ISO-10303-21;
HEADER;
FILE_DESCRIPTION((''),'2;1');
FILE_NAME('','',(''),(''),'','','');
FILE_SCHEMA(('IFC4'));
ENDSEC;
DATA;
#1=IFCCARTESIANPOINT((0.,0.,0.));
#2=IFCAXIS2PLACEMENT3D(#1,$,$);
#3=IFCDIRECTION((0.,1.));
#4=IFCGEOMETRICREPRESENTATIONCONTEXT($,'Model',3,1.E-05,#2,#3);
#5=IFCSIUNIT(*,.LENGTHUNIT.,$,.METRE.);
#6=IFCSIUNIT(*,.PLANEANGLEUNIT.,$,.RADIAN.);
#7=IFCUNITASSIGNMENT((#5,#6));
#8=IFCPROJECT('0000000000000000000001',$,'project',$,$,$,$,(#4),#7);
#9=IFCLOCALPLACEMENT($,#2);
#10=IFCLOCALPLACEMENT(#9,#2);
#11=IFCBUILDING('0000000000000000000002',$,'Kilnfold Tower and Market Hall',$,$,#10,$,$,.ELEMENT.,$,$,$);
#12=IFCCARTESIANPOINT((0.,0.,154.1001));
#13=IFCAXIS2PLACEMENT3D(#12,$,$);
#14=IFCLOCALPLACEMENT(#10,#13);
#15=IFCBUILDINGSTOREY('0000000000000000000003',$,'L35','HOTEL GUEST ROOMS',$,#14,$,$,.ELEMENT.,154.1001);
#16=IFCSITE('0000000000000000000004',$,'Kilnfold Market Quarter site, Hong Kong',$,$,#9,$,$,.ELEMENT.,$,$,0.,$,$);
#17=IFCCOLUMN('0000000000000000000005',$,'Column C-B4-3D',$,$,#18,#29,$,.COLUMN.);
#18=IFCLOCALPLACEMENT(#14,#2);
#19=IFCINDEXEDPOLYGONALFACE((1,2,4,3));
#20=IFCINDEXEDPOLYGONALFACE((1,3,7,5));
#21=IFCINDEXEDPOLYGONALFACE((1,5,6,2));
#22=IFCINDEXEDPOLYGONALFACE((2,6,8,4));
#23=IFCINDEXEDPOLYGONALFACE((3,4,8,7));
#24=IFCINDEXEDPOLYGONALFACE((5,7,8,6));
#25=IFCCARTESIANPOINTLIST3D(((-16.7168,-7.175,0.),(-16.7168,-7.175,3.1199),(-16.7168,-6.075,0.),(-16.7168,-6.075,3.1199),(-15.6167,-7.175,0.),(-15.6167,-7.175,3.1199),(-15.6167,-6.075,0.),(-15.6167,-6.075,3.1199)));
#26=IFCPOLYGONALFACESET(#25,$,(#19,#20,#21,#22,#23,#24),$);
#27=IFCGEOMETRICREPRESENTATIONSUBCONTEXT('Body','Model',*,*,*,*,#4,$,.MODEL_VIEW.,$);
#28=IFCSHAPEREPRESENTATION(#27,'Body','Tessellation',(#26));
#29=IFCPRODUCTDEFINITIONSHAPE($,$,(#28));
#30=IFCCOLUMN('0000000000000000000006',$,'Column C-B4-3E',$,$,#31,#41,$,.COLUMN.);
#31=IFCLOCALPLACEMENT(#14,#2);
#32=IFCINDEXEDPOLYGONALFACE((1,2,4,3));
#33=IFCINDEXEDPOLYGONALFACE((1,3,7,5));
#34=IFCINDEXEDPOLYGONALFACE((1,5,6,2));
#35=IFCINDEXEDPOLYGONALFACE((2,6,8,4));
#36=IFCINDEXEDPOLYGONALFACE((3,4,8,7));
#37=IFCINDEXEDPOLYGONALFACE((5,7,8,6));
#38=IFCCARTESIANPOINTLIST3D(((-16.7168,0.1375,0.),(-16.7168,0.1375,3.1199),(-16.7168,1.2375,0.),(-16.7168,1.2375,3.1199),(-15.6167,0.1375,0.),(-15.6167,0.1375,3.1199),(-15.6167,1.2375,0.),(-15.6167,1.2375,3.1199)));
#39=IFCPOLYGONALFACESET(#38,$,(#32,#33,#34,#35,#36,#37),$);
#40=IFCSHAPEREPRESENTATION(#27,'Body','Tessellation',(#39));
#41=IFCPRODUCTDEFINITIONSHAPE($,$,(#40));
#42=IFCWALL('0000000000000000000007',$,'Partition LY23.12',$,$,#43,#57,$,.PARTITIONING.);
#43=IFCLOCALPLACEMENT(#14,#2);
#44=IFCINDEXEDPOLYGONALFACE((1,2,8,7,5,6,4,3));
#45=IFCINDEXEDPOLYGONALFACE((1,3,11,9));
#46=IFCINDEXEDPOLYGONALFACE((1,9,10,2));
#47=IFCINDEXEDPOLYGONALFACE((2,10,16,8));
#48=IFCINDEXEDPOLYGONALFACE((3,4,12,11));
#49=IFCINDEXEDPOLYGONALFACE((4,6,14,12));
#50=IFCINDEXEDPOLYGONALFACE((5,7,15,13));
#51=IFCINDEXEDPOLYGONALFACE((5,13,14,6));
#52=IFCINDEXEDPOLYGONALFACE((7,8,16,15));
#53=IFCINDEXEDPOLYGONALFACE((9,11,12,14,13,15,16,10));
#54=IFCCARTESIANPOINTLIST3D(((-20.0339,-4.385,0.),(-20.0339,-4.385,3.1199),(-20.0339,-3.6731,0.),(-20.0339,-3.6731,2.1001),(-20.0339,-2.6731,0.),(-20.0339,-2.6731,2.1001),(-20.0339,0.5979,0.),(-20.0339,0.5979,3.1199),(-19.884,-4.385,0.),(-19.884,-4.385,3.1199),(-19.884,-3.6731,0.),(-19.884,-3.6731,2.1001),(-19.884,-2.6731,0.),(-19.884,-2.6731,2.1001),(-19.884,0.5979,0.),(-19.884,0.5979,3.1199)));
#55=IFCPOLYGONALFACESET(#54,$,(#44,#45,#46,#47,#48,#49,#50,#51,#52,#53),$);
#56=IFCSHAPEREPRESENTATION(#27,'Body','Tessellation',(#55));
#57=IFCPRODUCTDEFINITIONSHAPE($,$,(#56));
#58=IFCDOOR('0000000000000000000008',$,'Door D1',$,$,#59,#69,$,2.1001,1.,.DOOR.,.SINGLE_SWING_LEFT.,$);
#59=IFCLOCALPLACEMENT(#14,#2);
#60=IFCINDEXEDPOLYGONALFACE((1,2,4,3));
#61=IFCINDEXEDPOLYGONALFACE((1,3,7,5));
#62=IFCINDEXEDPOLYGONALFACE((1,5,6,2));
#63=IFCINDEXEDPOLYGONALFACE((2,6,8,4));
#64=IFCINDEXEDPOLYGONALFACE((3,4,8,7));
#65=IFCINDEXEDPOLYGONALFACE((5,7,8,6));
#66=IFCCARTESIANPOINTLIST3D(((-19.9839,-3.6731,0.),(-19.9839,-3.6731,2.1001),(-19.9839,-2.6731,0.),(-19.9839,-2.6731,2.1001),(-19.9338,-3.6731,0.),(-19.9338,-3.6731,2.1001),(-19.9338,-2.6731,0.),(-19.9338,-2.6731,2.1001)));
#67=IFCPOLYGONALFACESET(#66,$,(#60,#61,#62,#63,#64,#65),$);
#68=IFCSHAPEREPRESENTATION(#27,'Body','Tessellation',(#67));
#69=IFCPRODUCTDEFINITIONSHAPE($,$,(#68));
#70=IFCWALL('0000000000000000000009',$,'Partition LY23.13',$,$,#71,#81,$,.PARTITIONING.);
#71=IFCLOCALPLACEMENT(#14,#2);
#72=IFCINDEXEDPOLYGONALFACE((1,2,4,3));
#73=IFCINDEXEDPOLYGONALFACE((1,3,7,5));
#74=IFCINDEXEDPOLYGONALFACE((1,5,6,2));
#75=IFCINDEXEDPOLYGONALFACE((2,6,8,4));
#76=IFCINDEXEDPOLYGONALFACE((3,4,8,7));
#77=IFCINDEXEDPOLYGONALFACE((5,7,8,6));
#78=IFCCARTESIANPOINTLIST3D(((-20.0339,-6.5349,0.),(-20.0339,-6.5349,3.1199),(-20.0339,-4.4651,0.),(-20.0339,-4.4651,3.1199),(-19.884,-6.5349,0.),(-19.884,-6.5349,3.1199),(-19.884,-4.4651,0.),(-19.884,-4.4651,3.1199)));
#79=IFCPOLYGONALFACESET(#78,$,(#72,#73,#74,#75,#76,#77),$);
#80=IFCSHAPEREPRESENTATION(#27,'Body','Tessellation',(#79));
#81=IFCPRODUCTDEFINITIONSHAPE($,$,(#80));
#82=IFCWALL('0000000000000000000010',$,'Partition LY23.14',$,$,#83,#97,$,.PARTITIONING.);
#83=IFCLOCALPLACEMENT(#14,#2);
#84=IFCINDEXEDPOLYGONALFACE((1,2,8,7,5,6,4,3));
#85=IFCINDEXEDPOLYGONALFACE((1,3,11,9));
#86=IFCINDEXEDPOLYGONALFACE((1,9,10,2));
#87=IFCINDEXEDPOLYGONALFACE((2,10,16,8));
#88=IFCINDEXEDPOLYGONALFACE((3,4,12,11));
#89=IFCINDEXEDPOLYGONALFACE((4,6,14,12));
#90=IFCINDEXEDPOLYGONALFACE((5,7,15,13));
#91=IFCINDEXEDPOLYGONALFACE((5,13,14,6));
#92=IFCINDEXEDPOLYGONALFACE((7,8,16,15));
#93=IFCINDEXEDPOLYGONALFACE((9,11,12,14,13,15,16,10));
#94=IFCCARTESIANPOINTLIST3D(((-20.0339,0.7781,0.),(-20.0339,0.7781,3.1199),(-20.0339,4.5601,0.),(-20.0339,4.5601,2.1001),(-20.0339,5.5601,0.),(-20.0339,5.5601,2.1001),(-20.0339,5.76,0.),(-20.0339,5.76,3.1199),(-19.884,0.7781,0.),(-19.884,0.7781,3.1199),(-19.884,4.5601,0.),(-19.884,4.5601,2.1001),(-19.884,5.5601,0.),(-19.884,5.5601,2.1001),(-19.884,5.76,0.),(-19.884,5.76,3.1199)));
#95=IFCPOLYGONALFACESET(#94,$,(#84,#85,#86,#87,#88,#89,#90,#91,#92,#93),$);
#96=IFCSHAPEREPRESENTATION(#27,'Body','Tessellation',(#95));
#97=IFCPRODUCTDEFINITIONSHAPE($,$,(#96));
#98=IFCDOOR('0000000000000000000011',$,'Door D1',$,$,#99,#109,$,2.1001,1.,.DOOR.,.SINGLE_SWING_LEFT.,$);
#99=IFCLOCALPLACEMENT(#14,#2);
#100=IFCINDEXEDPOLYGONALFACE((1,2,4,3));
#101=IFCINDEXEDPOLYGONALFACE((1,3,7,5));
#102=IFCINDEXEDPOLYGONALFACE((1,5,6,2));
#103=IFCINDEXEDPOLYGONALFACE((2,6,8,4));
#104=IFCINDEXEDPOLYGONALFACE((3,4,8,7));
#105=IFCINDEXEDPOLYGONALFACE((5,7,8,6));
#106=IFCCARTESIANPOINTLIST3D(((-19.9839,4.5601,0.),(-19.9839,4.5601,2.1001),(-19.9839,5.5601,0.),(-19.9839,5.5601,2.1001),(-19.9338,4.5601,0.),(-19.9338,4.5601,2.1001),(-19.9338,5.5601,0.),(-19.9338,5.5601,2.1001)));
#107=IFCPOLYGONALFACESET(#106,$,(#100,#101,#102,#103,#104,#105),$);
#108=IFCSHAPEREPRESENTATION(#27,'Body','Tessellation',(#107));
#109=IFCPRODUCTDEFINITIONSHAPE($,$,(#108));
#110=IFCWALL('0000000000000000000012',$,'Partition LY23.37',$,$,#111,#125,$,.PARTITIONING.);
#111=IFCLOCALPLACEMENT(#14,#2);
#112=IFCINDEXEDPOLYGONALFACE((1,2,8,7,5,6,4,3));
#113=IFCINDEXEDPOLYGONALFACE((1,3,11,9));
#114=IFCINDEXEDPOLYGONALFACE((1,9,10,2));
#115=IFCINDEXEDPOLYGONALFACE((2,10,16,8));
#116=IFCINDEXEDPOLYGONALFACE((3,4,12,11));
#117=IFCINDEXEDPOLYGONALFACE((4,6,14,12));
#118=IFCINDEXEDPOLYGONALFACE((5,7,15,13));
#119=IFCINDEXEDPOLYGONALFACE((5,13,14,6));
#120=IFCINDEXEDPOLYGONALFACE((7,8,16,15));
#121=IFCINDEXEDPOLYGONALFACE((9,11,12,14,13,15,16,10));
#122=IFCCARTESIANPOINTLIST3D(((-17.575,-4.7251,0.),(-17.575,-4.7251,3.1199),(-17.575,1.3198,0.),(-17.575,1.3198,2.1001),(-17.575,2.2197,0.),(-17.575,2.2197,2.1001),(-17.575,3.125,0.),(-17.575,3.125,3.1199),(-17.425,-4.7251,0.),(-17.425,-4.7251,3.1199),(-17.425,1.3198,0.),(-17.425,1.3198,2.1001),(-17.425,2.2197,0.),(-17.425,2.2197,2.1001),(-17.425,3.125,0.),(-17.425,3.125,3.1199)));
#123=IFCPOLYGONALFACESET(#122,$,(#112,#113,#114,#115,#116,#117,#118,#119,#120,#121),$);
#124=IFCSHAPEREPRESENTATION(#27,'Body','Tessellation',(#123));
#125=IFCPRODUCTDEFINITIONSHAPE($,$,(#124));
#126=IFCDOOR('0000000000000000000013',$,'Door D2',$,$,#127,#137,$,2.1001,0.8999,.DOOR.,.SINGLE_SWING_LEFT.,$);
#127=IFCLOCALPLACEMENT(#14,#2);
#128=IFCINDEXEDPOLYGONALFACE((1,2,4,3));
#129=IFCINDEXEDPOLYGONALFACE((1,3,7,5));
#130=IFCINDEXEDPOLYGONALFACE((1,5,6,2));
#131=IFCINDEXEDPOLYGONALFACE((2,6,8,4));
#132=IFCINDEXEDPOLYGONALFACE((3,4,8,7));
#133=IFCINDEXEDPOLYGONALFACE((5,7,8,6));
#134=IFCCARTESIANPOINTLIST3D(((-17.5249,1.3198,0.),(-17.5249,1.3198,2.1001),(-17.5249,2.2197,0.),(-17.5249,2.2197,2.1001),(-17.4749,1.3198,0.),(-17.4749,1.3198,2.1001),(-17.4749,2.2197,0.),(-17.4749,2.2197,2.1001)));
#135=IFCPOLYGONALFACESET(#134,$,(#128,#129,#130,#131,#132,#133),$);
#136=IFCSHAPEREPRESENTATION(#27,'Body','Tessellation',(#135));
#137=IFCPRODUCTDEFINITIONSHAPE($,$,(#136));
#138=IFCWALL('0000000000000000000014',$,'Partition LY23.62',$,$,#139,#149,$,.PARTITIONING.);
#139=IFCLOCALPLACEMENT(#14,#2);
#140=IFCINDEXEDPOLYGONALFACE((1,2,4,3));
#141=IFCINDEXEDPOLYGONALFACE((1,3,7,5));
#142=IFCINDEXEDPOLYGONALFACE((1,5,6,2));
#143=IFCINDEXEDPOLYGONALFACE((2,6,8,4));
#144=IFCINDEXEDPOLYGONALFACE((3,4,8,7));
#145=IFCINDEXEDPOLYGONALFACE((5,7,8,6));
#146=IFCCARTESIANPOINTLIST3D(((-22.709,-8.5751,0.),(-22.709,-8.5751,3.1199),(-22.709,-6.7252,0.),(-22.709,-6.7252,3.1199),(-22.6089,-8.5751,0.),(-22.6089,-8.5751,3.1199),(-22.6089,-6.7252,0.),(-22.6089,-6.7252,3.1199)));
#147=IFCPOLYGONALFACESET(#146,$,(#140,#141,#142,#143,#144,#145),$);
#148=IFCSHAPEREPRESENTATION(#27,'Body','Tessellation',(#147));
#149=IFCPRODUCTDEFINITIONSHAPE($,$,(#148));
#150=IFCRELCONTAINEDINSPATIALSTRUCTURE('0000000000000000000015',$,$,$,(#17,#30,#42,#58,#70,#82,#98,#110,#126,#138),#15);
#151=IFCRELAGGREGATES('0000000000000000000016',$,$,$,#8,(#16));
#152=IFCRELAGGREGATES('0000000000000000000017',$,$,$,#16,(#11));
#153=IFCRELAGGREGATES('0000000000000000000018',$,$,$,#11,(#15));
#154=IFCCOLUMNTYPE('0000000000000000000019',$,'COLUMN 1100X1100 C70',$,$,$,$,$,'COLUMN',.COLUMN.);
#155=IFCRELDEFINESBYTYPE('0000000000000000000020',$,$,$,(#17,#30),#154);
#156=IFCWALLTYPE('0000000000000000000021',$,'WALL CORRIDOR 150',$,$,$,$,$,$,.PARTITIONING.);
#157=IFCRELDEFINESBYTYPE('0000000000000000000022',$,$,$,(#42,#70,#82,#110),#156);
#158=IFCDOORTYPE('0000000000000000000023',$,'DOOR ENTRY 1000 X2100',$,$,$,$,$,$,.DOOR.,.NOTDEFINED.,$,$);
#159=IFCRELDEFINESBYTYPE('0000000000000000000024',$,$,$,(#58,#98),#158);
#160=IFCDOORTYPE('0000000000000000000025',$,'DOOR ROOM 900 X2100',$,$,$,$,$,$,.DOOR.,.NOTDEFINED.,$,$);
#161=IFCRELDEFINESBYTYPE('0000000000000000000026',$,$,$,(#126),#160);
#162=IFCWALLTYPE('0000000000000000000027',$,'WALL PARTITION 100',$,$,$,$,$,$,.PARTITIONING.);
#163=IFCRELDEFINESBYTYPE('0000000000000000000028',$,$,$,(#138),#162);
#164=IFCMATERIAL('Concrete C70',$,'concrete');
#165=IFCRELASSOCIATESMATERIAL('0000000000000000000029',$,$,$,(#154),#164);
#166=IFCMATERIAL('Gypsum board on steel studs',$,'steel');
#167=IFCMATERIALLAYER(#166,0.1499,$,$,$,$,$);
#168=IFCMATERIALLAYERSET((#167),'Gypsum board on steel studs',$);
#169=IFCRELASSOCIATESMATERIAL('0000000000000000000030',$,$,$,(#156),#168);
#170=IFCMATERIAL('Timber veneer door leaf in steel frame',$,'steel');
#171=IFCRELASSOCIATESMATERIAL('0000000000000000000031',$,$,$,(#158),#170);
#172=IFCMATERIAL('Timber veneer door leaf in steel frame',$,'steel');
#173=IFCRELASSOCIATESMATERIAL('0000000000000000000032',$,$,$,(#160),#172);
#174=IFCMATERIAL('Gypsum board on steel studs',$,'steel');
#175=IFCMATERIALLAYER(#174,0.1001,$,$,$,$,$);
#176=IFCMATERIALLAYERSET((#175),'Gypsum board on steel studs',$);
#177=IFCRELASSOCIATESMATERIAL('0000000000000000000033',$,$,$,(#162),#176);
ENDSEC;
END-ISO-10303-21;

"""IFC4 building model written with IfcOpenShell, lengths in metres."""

from ifc_helpers import new_model, si_unit, direction, frame, frame_2d, origin, origin_2d, place, context, subcontext, project, spatial, rectangle, extrude, source, transform, mapped, material, layer, layer_set, material_profile, profile_set, type_object, element, fill, save


model = new_model("IFC4")

# Units and contexts
model_context = context("Model", 3, precision=1e-05, world=origin(), true_north=direction((0.0, 1.0)))
body_context = subcontext(model_context, "Body", "Model", "MODEL_VIEW")
ifc_project = project(units=[si_unit("LENGTHUNIT", "METRE"), si_unit("PLANEANGLEUNIT", "RADIAN")], contexts=[model_context])

# Site, building, storey
site_placement = place(None, origin())
site = spatial("IfcSite", under=ifc_project, at=site_placement, Name="Kilnfold Market Quarter site, Hong Kong", CompositionType="ELEMENT", RefElevation=0.0)
building_placement = place(site_placement, origin())
building = spatial("IfcBuilding", under=site, at=building_placement, Name="Kilnfold Tower and Market Hall", CompositionType="ELEMENT")
storey_placement = place(building_placement, frame((0.0, 0.0, 154.1001)))
storey = spatial("IfcBuildingStorey", under=building, at=storey_placement, Name="L35", Description="HOTEL GUEST ROOMS", CompositionType="ELEMENT", Elevation=154.1001)

# Columns
ifc_material_1 = material(Name="Concrete C70", Category="concrete")
ifc_material_profile = material_profile(ifc_material_1, rectangle(XDim=1.1001, YDim=1.1001, at=origin_2d()), Name="RC 1100x1100")
ifc_profile_set = profile_set([ifc_material_profile], Name="Concrete C70")
column_type = type_object("IfcColumnType", Name="COLUMN 1100X1100 C70", ElementType="COLUMN", PredefinedType="COLUMN", material=ifc_profile_set)
shared_shape_1 = source(origin(), body_context, "Body", "SweptSolid", [
    extrude(rectangle(XDim=1.1001, YDim=1.1001, at=origin_2d()), origin(), (0.0, 0.0, 1.0), 3.1199),
])
for number, where, z_axis, x_axis, name in (
    (1, (-16.1667, -6.625, 0.0), (0.0, 0.0, 1.0), (1.0, 0.0, 0.0), "Column C-B4-3D"),
    (2, (-16.1667, 0.6875, 0.0), (0.0, 0.0, 1.0), (1.0, 0.0, 0.0), "Column C-B4-3E"),
):
    element("IfcColumn", number, at=place(storey_placement, frame(where, z_axis=z_axis, x_axis=x_axis)), inside=storey, type_object=column_type, Name=name, PredefinedType="COLUMN", context=body_context, shape_type="MappedRepresentation", body=[
        mapped(shared_shape_1, transform((0.0, 0.0, 0.0))),
    ])

# Shared definitions
ifc_material_2 = material(Name="Gypsum board on steel studs", Category="steel")
ifc_layer_1 = layer(ifc_material_2, 0.1499)
ifc_layer_set_1 = layer_set([ifc_layer_1], Name="Gypsum board on steel studs")
wall_type_1 = type_object("IfcWallType", Name="WALL CORRIDOR 150", PredefinedType="PARTITIONING", material=ifc_layer_set_1)

# Wall, opening, door
wall_1_placement = place(storey_placement, frame((-19.959, -4.385, 0.0), z_axis=(0.0, 0.0, 1.0), x_axis=(0.0, 1.0, 0.0)))
wall_1 = element("IfcWall", 3, at=wall_1_placement, inside=storey, type_object=wall_type_1, Name="Partition LY23.12", PredefinedType="PARTITIONING", context=body_context, shape_type="SweptSolid", body=[
    extrude(rectangle(XDim=4.9829, YDim=0.1499, at=frame_2d((2.4915, 0.0))), origin(), (0.0, 0.0, 1.0), 3.1199),
])
opening_1_placement = place(wall_1_placement, frame((0.7119, 0.0, 0.0)))
opening_1 = element("IfcOpeningElement", 4, at=opening_1_placement, cuts=wall_1, PredefinedType="OPENING", context=body_context, shape_type="SweptSolid", body=[
    extrude(rectangle(XDim=1.0, YDim=2.1001, at=frame_2d((0.5, 1.05))), frame((0.0, 0.085, 0.0), z_axis=(0.0, -1.0, 0.0), x_axis=(1.0, 0.0, 0.0)), (0.0, 0.0, 1.0), 0.1699),
])
ifc_material_3 = material(Name="Timber veneer door leaf in steel frame", Category="steel")
door_type_1 = type_object("IfcDoorType", Name="DOOR ENTRY 1000 X2100", OperationType="NOTDEFINED", PredefinedType="DOOR", material=ifc_material_3)
door_1_placement = place(opening_1_placement, origin())
door_1 = element("IfcDoor", 5, at=door_1_placement, inside=storey, type_object=door_type_1, Name="Door D1", OperationType="SINGLE_SWING_LEFT", OverallHeight=2.1001, OverallWidth=1.0, PredefinedType="DOOR", context=body_context, shape_type="SweptSolid", body=[
    extrude(rectangle(XDim=1.0, YDim=2.1001, at=frame_2d((0.5, 1.05))), frame((0.0, 0.0249, 0.0), z_axis=(0.0, -1.0, 0.0), x_axis=(1.0, 0.0, 0.0)), (0.0, 0.0, 1.0), 0.05),
])
fill(opening_1, door_1)

# Wall
wall_2_placement = place(storey_placement, frame((-19.959, -6.5349, 0.0), z_axis=(0.0, 0.0, 1.0), x_axis=(0.0, 1.0, 0.0)))
element("IfcWall", 6, at=wall_2_placement, inside=storey, type_object=wall_type_1, Name="Partition LY23.13", PredefinedType="PARTITIONING", context=body_context, shape_type="SweptSolid", body=[
    extrude(rectangle(XDim=2.0698, YDim=0.1499, at=frame_2d((1.0349, 0.0))), origin(), (0.0, 0.0, 1.0), 3.1199),
])

# Walls, openings, doors
wall_3_placement = place(storey_placement, frame((-19.959, 0.7781, 0.0), z_axis=(0.0, 0.0, 1.0), x_axis=(0.0, 1.0, 0.0)))
wall_3 = element("IfcWall", 7, at=wall_3_placement, inside=storey, type_object=wall_type_1, Name="Partition LY23.14", PredefinedType="PARTITIONING", context=body_context, shape_type="SweptSolid", body=[
    extrude(rectangle(XDim=4.9819, YDim=0.1499, at=frame_2d((2.491, 0.0))), origin(), (0.0, 0.0, 1.0), 3.1199),
])
opening_2_placement = place(wall_3_placement, frame((3.782, 0.0, 0.0)))
opening_2 = element("IfcOpeningElement", 8, at=opening_2_placement, cuts=wall_3, PredefinedType="OPENING", context=body_context, shape_type="SweptSolid", body=[
    extrude(rectangle(XDim=1.0, YDim=2.1001, at=frame_2d((0.5, 1.05))), frame((0.0, 0.085, 0.0), z_axis=(0.0, -1.0, 0.0), x_axis=(1.0, 0.0, 0.0)), (0.0, 0.0, 1.0), 0.1699),
])
door_2_placement = place(opening_2_placement, origin())
door_2 = element("IfcDoor", 9, at=door_2_placement, inside=storey, type_object=door_type_1, Name="Door D1", OperationType="SINGLE_SWING_LEFT", OverallHeight=2.1001, OverallWidth=1.0, PredefinedType="DOOR", context=body_context, shape_type="SweptSolid", body=[
    extrude(rectangle(XDim=1.0, YDim=2.1001, at=frame_2d((0.5, 1.05))), frame((0.0, 0.0249, 0.0), z_axis=(0.0, -1.0, 0.0), x_axis=(1.0, 0.0, 0.0)), (0.0, 0.0, 1.0), 0.05),
])
fill(opening_2, door_2)
wall_4_placement = place(storey_placement, frame((-17.5, -4.7251, 0.0), z_axis=(0.0, 0.0, 1.0), x_axis=(0.0, 1.0, 0.0)))
wall_4 = element("IfcWall", 10, at=wall_4_placement, inside=storey, type_object=wall_type_1, Name="Partition LY23.37", PredefinedType="PARTITIONING", context=body_context, shape_type="SweptSolid", body=[
    extrude(rectangle(XDim=7.8501, YDim=0.1499, at=frame_2d((3.925, 0.0))), origin(), (0.0, 0.0, 1.0), 3.1199),
])
opening_3_placement = place(wall_4_placement, frame((6.0449, 0.0, 0.0)))
opening_3 = element("IfcOpeningElement", 11, at=opening_3_placement, cuts=wall_4, PredefinedType="OPENING", context=body_context, shape_type="SweptSolid", body=[
    extrude(rectangle(XDim=0.8999, YDim=2.1001, at=frame_2d((0.45, 1.05))), frame((0.0, 0.085, 0.0), z_axis=(0.0, -1.0, 0.0), x_axis=(1.0, 0.0, 0.0)), (0.0, 0.0, 1.0), 0.1699),
])
ifc_material_4 = material(Name="Timber veneer door leaf in steel frame", Category="steel")
door_type_2 = type_object("IfcDoorType", Name="DOOR ROOM 900 X2100", OperationType="NOTDEFINED", PredefinedType="DOOR", material=ifc_material_4)
door_3_placement = place(opening_3_placement, origin())
door_3 = element("IfcDoor", 12, at=door_3_placement, inside=storey, type_object=door_type_2, Name="Door D2", OperationType="SINGLE_SWING_LEFT", OverallHeight=2.1001, OverallWidth=0.8999, PredefinedType="DOOR", context=body_context, shape_type="SweptSolid", body=[
    extrude(rectangle(XDim=0.8999, YDim=2.1001, at=frame_2d((0.45, 1.05))), frame((0.0, 0.0249, 0.0), z_axis=(0.0, -1.0, 0.0), x_axis=(1.0, 0.0, 0.0)), (0.0, 0.0, 1.0), 0.05),
])
fill(opening_3, door_3)

# Wall
ifc_material_5 = material(Name="Gypsum board on steel studs", Category="steel")
ifc_layer_2 = layer(ifc_material_5, 0.1001)
ifc_layer_set_2 = layer_set([ifc_layer_2], Name="Gypsum board on steel studs")
wall_type_2 = type_object("IfcWallType", Name="WALL PARTITION 100", PredefinedType="PARTITIONING", material=ifc_layer_set_2)
wall_5_placement = place(storey_placement, frame((-22.6589, -8.575, 0.0), z_axis=(0.0, 0.0, 1.0), x_axis=(0.0, 1.0, 0.0)))
element("IfcWall", 13, at=wall_5_placement, inside=storey, type_object=wall_type_2, Name="Partition LY23.62", PredefinedType="PARTITIONING", context=body_context, shape_type="SweptSolid", body=[
    extrude(rectangle(XDim=1.8499, YDim=0.1001, at=frame_2d((0.9248, 0.0))), origin(), (0.0, 0.0, 1.0), 3.1199),
])

save(model, "model.ifc")
